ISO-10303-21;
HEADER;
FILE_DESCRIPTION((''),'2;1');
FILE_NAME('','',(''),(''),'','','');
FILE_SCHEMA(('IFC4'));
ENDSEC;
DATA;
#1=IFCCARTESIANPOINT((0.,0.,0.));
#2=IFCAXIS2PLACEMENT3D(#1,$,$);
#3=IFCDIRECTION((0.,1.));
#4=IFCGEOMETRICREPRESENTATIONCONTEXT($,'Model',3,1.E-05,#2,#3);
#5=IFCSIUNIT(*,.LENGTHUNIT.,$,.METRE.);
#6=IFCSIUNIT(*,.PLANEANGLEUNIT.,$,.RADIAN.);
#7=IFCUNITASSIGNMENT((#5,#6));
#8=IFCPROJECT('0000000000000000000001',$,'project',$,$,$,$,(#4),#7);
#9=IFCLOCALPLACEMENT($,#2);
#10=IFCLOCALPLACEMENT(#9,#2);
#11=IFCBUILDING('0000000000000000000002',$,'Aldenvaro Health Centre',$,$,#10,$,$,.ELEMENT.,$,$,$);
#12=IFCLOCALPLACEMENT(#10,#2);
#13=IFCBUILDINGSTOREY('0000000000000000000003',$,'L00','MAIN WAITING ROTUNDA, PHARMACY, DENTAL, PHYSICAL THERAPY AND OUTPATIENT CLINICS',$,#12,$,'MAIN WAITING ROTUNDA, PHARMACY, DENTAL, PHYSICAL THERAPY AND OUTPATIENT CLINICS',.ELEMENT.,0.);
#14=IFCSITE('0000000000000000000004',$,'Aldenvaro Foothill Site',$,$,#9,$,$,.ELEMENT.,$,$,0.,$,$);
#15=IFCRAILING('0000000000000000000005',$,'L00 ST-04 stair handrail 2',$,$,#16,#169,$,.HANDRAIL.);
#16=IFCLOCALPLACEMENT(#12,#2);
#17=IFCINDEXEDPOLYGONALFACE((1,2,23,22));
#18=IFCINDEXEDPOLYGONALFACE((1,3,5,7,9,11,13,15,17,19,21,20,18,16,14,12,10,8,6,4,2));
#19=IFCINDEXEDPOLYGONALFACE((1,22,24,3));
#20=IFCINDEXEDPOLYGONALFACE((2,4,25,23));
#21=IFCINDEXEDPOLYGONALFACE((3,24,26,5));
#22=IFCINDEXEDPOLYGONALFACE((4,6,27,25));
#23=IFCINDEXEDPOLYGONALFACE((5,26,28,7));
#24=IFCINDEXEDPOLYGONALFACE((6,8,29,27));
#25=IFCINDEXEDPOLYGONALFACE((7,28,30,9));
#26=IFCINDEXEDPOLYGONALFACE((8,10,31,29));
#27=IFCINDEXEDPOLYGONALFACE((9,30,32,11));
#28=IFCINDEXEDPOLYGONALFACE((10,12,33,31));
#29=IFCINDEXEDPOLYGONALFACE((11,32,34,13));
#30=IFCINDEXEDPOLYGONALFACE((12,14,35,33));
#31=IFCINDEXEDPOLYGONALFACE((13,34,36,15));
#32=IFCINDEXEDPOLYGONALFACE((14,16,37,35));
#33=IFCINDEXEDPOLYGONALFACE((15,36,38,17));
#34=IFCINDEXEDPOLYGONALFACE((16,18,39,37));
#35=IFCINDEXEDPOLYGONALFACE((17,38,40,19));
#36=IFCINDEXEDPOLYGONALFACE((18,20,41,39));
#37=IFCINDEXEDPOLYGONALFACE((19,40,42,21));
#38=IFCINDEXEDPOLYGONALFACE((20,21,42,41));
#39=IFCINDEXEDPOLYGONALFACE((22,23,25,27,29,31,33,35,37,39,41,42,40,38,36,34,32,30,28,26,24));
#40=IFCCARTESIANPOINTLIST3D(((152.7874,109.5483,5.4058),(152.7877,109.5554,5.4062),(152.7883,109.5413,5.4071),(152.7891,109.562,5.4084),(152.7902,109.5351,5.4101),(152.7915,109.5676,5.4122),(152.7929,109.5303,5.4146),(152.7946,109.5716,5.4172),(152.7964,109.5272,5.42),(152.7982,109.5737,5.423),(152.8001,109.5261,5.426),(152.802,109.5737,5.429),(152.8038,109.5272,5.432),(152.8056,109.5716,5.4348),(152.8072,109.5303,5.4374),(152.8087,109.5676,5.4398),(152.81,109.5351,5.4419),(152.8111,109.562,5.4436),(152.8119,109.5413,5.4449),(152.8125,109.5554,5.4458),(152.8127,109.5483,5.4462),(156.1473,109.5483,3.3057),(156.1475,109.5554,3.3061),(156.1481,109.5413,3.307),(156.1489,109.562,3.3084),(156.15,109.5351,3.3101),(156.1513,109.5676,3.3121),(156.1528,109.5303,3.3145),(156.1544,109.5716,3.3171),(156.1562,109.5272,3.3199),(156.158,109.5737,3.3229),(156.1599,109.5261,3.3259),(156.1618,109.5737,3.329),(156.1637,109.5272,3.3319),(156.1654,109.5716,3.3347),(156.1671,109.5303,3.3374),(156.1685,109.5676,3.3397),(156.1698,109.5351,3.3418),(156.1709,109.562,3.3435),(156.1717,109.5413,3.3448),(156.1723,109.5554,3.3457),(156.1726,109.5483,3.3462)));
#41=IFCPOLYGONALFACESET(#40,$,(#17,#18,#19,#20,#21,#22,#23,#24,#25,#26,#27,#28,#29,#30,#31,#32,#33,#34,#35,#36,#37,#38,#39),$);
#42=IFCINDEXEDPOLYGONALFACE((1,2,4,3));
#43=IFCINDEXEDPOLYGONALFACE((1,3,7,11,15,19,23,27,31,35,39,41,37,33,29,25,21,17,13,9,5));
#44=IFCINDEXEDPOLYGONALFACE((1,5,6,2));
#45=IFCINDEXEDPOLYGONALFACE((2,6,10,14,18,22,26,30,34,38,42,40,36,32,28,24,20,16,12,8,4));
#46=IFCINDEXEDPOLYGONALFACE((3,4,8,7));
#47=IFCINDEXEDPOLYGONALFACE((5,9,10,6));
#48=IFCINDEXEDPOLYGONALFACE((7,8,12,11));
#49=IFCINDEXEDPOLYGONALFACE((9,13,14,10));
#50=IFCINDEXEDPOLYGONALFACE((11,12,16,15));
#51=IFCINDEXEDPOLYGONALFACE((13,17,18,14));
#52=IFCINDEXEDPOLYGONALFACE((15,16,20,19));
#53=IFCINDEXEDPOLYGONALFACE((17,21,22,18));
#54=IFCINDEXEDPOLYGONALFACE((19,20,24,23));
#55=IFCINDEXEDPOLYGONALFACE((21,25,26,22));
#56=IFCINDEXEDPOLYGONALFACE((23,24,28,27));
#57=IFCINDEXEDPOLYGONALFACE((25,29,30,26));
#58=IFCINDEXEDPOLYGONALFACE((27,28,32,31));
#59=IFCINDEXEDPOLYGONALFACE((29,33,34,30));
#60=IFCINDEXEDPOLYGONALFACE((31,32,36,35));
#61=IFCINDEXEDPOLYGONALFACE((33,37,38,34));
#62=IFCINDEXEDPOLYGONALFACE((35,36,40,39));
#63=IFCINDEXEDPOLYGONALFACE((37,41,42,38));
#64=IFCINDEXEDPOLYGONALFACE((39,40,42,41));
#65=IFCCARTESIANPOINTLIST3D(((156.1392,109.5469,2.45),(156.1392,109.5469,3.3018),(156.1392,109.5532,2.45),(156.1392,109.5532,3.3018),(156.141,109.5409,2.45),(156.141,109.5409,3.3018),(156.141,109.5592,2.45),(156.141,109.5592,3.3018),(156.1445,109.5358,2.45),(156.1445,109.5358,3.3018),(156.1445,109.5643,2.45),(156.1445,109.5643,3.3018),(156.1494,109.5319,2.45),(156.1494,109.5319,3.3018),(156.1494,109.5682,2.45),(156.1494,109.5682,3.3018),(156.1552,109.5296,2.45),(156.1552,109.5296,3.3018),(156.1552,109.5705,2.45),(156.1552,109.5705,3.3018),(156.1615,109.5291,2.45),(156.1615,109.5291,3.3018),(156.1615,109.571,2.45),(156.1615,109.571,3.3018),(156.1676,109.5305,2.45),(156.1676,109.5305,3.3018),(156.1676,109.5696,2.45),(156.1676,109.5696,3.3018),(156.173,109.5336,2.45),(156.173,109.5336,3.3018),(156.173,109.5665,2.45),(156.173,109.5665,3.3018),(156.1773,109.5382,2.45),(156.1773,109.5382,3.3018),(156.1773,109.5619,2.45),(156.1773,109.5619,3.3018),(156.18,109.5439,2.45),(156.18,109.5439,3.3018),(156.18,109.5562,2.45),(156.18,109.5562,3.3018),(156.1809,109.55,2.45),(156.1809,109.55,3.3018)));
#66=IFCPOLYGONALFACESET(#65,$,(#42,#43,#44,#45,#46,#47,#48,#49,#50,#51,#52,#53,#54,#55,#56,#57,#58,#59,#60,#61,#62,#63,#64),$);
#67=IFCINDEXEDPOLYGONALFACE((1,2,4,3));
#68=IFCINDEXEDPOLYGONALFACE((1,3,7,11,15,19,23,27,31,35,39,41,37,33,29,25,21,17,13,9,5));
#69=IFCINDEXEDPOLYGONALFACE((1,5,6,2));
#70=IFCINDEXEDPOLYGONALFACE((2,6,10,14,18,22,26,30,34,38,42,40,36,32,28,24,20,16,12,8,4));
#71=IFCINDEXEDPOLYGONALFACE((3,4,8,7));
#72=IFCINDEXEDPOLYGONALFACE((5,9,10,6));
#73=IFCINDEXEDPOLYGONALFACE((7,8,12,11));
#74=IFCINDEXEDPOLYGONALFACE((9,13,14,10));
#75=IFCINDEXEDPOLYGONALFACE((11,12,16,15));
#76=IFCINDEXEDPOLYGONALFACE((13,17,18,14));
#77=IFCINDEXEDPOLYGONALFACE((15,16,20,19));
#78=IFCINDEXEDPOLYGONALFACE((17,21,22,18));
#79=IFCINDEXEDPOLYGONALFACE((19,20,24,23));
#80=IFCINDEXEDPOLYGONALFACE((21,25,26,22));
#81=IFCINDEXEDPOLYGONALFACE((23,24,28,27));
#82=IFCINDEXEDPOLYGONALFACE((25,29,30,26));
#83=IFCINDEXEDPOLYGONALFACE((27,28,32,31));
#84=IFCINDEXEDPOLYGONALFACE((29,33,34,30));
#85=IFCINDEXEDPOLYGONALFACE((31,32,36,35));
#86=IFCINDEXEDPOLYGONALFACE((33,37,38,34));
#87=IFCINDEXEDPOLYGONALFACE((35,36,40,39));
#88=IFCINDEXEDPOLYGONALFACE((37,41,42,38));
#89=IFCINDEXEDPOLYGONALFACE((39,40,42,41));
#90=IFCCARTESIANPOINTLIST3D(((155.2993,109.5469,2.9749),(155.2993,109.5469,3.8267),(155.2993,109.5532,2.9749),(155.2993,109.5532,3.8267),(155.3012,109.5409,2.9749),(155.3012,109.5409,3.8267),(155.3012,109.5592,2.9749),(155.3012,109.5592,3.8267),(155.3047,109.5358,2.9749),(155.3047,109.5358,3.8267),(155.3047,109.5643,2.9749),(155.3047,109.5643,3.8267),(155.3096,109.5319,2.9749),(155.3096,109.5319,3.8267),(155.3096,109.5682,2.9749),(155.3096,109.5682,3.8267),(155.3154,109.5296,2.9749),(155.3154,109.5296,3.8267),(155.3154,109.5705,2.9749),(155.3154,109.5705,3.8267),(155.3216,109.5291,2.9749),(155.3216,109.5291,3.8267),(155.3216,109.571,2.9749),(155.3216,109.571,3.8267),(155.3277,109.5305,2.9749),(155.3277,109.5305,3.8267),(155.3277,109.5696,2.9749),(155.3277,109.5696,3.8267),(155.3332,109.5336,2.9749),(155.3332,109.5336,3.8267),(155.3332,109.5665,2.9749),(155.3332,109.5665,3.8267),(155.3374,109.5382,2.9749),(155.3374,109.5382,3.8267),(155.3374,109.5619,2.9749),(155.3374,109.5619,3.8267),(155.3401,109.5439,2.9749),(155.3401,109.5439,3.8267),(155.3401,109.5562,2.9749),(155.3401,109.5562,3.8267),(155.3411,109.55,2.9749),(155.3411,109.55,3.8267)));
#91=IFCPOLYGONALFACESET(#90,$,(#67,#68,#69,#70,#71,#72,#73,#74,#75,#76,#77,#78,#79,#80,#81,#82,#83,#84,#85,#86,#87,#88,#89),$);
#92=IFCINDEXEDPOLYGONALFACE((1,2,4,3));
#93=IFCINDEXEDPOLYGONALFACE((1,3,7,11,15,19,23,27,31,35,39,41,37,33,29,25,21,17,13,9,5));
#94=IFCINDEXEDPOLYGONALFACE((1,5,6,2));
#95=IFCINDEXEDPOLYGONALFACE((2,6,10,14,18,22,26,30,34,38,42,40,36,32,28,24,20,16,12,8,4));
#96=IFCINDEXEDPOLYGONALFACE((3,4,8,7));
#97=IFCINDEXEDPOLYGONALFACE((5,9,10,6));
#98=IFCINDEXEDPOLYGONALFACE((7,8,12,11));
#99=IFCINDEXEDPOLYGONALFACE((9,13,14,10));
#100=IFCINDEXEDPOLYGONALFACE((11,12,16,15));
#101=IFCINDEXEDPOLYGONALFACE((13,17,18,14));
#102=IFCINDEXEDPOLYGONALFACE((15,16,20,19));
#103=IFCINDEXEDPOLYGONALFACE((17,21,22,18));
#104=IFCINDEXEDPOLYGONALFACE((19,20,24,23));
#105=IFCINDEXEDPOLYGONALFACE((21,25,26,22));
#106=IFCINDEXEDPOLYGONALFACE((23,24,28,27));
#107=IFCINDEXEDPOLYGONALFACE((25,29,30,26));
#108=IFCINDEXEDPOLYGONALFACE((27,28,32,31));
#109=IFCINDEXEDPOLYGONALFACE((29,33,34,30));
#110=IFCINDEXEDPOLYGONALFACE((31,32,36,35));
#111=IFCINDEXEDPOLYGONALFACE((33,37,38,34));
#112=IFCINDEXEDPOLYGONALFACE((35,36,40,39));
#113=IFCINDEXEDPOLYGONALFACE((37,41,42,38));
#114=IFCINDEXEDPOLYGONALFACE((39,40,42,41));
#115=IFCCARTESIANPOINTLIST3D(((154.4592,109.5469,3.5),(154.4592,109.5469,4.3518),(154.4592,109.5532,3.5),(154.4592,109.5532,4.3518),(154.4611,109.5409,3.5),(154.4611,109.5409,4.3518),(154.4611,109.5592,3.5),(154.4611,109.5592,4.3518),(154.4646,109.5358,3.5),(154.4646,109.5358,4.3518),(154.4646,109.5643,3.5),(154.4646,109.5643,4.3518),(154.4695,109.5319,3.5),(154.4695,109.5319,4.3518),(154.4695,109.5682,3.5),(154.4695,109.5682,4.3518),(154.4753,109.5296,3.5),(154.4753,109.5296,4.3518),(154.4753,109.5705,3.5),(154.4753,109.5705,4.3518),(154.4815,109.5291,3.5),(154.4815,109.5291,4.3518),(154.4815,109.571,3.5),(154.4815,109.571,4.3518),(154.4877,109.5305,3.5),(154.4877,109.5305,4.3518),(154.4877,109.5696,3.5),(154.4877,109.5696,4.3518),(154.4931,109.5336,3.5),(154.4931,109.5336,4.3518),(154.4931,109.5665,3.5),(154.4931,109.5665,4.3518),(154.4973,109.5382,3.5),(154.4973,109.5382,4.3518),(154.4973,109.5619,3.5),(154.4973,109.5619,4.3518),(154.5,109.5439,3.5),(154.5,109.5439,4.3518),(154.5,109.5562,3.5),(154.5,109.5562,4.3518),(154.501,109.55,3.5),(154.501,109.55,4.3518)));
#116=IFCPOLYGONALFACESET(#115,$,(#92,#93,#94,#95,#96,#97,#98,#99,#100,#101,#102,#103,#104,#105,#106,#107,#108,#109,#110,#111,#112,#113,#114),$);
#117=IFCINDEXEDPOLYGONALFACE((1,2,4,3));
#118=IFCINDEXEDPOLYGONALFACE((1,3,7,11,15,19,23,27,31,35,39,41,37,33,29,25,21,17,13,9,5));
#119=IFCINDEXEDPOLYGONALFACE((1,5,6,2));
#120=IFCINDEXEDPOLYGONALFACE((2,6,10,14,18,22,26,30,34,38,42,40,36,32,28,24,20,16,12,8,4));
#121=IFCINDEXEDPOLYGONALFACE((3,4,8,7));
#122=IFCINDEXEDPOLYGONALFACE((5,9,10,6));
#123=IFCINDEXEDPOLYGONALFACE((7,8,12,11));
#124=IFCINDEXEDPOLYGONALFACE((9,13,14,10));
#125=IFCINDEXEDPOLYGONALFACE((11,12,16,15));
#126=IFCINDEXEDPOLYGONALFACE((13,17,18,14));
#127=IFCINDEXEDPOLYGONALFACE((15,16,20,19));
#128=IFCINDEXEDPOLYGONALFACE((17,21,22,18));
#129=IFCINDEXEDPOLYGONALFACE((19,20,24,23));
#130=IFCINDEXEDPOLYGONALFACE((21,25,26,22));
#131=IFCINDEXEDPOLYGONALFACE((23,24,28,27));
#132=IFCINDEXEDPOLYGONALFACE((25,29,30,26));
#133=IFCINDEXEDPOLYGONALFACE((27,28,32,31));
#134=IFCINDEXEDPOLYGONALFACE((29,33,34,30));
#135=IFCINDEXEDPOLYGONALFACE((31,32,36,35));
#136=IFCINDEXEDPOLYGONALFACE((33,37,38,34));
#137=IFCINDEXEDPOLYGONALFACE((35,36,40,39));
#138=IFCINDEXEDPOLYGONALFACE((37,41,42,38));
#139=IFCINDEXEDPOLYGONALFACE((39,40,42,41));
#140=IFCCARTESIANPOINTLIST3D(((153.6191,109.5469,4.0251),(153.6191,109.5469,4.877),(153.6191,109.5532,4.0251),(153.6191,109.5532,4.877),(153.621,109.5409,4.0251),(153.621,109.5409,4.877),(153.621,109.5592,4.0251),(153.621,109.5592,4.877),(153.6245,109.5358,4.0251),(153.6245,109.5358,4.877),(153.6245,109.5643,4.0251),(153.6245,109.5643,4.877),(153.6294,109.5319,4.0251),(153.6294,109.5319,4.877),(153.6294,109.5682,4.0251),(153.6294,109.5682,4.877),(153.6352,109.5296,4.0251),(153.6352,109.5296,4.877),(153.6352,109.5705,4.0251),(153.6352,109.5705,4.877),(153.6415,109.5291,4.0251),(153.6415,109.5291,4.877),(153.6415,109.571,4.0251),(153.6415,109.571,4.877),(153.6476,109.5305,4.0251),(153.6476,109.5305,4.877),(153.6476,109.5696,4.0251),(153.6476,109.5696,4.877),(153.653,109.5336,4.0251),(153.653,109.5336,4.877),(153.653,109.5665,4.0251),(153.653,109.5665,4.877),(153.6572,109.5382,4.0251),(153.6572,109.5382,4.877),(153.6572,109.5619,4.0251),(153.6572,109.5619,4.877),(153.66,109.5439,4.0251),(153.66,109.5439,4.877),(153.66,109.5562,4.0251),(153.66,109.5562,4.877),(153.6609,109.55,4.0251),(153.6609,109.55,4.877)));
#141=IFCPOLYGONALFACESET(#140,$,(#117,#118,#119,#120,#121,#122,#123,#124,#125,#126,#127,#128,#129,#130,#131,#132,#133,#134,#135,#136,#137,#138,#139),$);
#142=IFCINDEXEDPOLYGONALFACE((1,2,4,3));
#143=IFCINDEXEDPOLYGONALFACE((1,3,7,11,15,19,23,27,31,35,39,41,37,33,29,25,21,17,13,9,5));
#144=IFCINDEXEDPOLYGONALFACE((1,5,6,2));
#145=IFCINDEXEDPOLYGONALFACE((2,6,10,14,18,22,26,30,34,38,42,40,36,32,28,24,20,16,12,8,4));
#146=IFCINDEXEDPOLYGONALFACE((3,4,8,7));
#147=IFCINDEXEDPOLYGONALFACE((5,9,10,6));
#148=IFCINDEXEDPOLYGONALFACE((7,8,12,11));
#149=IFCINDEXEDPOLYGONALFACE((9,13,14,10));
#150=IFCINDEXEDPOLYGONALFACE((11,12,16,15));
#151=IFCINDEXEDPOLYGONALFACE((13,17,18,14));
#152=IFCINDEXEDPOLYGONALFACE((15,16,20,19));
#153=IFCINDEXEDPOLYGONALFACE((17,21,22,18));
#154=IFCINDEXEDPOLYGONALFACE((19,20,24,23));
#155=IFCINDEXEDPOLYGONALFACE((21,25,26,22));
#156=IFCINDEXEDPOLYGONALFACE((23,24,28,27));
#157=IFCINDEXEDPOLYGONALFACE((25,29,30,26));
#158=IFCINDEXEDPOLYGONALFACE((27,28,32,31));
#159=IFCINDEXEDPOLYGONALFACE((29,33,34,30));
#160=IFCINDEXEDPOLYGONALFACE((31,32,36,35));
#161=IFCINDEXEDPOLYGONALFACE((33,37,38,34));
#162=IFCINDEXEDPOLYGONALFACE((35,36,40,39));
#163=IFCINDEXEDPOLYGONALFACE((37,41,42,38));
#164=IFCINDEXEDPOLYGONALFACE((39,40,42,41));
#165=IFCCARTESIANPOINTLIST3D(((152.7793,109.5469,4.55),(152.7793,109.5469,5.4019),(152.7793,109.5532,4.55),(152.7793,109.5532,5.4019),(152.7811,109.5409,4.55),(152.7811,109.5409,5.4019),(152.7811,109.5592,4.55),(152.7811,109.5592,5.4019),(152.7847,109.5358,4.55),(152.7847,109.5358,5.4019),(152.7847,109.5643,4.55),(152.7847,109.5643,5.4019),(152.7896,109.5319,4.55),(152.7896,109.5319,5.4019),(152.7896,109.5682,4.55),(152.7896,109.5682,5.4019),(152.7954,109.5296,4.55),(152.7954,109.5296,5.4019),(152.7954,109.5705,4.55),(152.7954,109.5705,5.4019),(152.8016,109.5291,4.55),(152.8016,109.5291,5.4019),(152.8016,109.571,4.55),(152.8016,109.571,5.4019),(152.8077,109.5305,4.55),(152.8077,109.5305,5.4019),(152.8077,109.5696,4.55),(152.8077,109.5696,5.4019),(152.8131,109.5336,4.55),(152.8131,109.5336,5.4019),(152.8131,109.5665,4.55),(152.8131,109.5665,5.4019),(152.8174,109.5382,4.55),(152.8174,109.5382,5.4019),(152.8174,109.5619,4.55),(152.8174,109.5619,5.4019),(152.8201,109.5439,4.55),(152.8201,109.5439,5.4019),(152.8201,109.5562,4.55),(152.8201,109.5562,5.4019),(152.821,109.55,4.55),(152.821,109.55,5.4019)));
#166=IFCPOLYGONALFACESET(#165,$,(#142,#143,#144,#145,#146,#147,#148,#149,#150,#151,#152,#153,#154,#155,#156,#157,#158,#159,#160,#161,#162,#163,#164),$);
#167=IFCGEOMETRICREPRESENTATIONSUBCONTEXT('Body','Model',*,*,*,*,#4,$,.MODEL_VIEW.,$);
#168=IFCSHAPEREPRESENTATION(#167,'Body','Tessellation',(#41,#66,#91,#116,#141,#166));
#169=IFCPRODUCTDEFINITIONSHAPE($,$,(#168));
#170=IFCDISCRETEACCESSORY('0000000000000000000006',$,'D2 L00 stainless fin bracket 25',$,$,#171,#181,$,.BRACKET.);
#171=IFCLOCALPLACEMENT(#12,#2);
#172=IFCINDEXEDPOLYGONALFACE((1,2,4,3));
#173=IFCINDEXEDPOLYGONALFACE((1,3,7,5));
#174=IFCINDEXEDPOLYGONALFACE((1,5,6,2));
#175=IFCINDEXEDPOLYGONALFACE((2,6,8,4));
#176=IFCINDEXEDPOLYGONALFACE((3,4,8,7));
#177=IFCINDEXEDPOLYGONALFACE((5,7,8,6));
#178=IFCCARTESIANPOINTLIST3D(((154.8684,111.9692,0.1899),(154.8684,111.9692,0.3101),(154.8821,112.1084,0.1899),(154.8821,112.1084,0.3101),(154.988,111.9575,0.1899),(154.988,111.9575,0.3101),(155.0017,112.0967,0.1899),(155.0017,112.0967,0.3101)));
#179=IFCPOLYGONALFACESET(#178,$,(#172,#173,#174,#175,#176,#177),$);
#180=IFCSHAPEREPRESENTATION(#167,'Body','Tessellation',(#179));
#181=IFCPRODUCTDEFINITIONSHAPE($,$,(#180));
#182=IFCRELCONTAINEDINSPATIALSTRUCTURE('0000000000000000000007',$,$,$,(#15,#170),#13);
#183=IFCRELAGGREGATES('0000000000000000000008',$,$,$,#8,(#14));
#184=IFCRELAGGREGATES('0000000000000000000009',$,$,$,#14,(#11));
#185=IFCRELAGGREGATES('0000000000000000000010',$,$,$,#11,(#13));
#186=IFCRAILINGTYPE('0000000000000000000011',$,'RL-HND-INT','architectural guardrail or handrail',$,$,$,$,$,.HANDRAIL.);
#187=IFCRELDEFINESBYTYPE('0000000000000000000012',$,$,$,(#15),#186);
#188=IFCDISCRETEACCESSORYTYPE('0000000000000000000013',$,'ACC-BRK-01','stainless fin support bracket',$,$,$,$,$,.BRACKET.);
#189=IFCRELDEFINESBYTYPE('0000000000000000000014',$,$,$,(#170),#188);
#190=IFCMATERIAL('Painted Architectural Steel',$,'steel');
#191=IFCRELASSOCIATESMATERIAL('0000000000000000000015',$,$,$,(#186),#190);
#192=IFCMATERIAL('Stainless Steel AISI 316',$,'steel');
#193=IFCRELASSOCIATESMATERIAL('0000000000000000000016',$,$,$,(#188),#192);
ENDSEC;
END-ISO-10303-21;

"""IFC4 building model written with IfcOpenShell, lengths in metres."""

from ifc_helpers import new_model, si_unit, direction, frame, origin, origin_2d, place, context, subcontext, project, spatial, rectangle, circle, extrude, material, type_object, element, save


model = new_model("IFC4")

# Units and contexts
model_context = context("Model", 3, precision=1e-05, world=origin(), true_north=direction((0.0, 1.0)))
body_context = subcontext(model_context, "Body", "Model", "MODEL_VIEW")
ifc_project = project(units=[si_unit("LENGTHUNIT", "METRE"), si_unit("PLANEANGLEUNIT", "RADIAN")], contexts=[model_context])

# Site, building, storey
site_placement = place(None, origin())
site = spatial("IfcSite", under=ifc_project, at=site_placement, Name="Aldenvaro Foothill Site", CompositionType="ELEMENT", RefElevation=0.0)
building_placement = place(site_placement, origin())
building = spatial("IfcBuilding", under=site, at=building_placement, Name="Aldenvaro Health Centre", CompositionType="ELEMENT")
storey_placement = place(building_placement, origin())
storey = spatial("IfcBuildingStorey", under=building, at=storey_placement, Name="L00", Description="MAIN WAITING ROTUNDA, PHARMACY, DENTAL, PHYSICAL THERAPY AND OUTPATIENT CLINICS", LongName="MAIN WAITING ROTUNDA, PHARMACY, DENTAL, PHYSICAL THERAPY AND OUTPATIENT CLINICS", CompositionType="ELEMENT", Elevation=0.0)

# Railing
ifc_material_1 = material(Name="Painted Architectural Steel", Category="steel")
railing_type_1 = type_object("IfcRailingType", Name="RL-HND-INT", Description="architectural guardrail or handrail", PredefinedType="HANDRAIL", material=ifc_material_1)
railing_1_placement = place(storey_placement, frame((156.1599, 109.55, 2.45)))
element("IfcRailing", 1, at=railing_1_placement, inside=storey, type_object=railing_type_1, Name="L00 ST-04 stair handrail 2", PredefinedType="HANDRAIL", context=body_context, shape_type="SweptSolid", body=[
    extrude(circle(Radius=0.0239, at=origin_2d()), frame((0.0, 0.0, 0.876), z_axis=(-0.847978, 0.0, 0.530032), x_axis=(0.0, -1.0, 0.0)), (0.0, 0.0, 1.0), 3.9622),
    extrude(circle(Radius=0.021, at=origin_2d()), origin(), (0.0, 0.0, 1.0), 0.8518),
    extrude(circle(Radius=0.021, at=origin_2d()), frame((-0.8398, 0.0, 0.5249)), (0.0, 0.0, 1.0), 0.8518),
    extrude(circle(Radius=0.021, at=origin_2d()), frame((-1.6799, 0.0, 1.05)), (0.0, 0.0, 1.0), 0.8518),
    extrude(circle(Radius=0.021, at=origin_2d()), frame((-2.52, 0.0, 1.5752)), (0.0, 0.0, 1.0), 0.8518),
    extrude(circle(Radius=0.021, at=origin_2d()), frame((-3.3599, 0.0, 2.1001)), (0.0, 0.0, 1.0), 0.8518),
])

# Discrete accessory
ifc_material_2 = material(Name="Stainless Steel AISI 316", Category="steel")
discrete_accessory_type = type_object("IfcDiscreteAccessoryType", Name="ACC-BRK-01", Description="stainless fin support bracket", PredefinedType="BRACKET", material=ifc_material_2)
discrete_accessory_placement = place(storey_placement, frame((154.9351, 112.033, 0.1899), z_axis=(0.0, 0.0, 1.0), x_axis=(0.995195, -0.097915, 0.0)))
element("IfcDiscreteAccessory", 2, at=discrete_accessory_placement, inside=storey, type_object=discrete_accessory_type, Name="D2 L00 stainless fin bracket 25", PredefinedType="BRACKET", context=body_context, shape_type="SweptSolid", body=[
    extrude(rectangle(XDim=0.1201, YDim=0.1399, at=origin_2d()), origin(), (0.0, 0.0, 1.0), 0.1201),
])

save(model, "model.ifc")
